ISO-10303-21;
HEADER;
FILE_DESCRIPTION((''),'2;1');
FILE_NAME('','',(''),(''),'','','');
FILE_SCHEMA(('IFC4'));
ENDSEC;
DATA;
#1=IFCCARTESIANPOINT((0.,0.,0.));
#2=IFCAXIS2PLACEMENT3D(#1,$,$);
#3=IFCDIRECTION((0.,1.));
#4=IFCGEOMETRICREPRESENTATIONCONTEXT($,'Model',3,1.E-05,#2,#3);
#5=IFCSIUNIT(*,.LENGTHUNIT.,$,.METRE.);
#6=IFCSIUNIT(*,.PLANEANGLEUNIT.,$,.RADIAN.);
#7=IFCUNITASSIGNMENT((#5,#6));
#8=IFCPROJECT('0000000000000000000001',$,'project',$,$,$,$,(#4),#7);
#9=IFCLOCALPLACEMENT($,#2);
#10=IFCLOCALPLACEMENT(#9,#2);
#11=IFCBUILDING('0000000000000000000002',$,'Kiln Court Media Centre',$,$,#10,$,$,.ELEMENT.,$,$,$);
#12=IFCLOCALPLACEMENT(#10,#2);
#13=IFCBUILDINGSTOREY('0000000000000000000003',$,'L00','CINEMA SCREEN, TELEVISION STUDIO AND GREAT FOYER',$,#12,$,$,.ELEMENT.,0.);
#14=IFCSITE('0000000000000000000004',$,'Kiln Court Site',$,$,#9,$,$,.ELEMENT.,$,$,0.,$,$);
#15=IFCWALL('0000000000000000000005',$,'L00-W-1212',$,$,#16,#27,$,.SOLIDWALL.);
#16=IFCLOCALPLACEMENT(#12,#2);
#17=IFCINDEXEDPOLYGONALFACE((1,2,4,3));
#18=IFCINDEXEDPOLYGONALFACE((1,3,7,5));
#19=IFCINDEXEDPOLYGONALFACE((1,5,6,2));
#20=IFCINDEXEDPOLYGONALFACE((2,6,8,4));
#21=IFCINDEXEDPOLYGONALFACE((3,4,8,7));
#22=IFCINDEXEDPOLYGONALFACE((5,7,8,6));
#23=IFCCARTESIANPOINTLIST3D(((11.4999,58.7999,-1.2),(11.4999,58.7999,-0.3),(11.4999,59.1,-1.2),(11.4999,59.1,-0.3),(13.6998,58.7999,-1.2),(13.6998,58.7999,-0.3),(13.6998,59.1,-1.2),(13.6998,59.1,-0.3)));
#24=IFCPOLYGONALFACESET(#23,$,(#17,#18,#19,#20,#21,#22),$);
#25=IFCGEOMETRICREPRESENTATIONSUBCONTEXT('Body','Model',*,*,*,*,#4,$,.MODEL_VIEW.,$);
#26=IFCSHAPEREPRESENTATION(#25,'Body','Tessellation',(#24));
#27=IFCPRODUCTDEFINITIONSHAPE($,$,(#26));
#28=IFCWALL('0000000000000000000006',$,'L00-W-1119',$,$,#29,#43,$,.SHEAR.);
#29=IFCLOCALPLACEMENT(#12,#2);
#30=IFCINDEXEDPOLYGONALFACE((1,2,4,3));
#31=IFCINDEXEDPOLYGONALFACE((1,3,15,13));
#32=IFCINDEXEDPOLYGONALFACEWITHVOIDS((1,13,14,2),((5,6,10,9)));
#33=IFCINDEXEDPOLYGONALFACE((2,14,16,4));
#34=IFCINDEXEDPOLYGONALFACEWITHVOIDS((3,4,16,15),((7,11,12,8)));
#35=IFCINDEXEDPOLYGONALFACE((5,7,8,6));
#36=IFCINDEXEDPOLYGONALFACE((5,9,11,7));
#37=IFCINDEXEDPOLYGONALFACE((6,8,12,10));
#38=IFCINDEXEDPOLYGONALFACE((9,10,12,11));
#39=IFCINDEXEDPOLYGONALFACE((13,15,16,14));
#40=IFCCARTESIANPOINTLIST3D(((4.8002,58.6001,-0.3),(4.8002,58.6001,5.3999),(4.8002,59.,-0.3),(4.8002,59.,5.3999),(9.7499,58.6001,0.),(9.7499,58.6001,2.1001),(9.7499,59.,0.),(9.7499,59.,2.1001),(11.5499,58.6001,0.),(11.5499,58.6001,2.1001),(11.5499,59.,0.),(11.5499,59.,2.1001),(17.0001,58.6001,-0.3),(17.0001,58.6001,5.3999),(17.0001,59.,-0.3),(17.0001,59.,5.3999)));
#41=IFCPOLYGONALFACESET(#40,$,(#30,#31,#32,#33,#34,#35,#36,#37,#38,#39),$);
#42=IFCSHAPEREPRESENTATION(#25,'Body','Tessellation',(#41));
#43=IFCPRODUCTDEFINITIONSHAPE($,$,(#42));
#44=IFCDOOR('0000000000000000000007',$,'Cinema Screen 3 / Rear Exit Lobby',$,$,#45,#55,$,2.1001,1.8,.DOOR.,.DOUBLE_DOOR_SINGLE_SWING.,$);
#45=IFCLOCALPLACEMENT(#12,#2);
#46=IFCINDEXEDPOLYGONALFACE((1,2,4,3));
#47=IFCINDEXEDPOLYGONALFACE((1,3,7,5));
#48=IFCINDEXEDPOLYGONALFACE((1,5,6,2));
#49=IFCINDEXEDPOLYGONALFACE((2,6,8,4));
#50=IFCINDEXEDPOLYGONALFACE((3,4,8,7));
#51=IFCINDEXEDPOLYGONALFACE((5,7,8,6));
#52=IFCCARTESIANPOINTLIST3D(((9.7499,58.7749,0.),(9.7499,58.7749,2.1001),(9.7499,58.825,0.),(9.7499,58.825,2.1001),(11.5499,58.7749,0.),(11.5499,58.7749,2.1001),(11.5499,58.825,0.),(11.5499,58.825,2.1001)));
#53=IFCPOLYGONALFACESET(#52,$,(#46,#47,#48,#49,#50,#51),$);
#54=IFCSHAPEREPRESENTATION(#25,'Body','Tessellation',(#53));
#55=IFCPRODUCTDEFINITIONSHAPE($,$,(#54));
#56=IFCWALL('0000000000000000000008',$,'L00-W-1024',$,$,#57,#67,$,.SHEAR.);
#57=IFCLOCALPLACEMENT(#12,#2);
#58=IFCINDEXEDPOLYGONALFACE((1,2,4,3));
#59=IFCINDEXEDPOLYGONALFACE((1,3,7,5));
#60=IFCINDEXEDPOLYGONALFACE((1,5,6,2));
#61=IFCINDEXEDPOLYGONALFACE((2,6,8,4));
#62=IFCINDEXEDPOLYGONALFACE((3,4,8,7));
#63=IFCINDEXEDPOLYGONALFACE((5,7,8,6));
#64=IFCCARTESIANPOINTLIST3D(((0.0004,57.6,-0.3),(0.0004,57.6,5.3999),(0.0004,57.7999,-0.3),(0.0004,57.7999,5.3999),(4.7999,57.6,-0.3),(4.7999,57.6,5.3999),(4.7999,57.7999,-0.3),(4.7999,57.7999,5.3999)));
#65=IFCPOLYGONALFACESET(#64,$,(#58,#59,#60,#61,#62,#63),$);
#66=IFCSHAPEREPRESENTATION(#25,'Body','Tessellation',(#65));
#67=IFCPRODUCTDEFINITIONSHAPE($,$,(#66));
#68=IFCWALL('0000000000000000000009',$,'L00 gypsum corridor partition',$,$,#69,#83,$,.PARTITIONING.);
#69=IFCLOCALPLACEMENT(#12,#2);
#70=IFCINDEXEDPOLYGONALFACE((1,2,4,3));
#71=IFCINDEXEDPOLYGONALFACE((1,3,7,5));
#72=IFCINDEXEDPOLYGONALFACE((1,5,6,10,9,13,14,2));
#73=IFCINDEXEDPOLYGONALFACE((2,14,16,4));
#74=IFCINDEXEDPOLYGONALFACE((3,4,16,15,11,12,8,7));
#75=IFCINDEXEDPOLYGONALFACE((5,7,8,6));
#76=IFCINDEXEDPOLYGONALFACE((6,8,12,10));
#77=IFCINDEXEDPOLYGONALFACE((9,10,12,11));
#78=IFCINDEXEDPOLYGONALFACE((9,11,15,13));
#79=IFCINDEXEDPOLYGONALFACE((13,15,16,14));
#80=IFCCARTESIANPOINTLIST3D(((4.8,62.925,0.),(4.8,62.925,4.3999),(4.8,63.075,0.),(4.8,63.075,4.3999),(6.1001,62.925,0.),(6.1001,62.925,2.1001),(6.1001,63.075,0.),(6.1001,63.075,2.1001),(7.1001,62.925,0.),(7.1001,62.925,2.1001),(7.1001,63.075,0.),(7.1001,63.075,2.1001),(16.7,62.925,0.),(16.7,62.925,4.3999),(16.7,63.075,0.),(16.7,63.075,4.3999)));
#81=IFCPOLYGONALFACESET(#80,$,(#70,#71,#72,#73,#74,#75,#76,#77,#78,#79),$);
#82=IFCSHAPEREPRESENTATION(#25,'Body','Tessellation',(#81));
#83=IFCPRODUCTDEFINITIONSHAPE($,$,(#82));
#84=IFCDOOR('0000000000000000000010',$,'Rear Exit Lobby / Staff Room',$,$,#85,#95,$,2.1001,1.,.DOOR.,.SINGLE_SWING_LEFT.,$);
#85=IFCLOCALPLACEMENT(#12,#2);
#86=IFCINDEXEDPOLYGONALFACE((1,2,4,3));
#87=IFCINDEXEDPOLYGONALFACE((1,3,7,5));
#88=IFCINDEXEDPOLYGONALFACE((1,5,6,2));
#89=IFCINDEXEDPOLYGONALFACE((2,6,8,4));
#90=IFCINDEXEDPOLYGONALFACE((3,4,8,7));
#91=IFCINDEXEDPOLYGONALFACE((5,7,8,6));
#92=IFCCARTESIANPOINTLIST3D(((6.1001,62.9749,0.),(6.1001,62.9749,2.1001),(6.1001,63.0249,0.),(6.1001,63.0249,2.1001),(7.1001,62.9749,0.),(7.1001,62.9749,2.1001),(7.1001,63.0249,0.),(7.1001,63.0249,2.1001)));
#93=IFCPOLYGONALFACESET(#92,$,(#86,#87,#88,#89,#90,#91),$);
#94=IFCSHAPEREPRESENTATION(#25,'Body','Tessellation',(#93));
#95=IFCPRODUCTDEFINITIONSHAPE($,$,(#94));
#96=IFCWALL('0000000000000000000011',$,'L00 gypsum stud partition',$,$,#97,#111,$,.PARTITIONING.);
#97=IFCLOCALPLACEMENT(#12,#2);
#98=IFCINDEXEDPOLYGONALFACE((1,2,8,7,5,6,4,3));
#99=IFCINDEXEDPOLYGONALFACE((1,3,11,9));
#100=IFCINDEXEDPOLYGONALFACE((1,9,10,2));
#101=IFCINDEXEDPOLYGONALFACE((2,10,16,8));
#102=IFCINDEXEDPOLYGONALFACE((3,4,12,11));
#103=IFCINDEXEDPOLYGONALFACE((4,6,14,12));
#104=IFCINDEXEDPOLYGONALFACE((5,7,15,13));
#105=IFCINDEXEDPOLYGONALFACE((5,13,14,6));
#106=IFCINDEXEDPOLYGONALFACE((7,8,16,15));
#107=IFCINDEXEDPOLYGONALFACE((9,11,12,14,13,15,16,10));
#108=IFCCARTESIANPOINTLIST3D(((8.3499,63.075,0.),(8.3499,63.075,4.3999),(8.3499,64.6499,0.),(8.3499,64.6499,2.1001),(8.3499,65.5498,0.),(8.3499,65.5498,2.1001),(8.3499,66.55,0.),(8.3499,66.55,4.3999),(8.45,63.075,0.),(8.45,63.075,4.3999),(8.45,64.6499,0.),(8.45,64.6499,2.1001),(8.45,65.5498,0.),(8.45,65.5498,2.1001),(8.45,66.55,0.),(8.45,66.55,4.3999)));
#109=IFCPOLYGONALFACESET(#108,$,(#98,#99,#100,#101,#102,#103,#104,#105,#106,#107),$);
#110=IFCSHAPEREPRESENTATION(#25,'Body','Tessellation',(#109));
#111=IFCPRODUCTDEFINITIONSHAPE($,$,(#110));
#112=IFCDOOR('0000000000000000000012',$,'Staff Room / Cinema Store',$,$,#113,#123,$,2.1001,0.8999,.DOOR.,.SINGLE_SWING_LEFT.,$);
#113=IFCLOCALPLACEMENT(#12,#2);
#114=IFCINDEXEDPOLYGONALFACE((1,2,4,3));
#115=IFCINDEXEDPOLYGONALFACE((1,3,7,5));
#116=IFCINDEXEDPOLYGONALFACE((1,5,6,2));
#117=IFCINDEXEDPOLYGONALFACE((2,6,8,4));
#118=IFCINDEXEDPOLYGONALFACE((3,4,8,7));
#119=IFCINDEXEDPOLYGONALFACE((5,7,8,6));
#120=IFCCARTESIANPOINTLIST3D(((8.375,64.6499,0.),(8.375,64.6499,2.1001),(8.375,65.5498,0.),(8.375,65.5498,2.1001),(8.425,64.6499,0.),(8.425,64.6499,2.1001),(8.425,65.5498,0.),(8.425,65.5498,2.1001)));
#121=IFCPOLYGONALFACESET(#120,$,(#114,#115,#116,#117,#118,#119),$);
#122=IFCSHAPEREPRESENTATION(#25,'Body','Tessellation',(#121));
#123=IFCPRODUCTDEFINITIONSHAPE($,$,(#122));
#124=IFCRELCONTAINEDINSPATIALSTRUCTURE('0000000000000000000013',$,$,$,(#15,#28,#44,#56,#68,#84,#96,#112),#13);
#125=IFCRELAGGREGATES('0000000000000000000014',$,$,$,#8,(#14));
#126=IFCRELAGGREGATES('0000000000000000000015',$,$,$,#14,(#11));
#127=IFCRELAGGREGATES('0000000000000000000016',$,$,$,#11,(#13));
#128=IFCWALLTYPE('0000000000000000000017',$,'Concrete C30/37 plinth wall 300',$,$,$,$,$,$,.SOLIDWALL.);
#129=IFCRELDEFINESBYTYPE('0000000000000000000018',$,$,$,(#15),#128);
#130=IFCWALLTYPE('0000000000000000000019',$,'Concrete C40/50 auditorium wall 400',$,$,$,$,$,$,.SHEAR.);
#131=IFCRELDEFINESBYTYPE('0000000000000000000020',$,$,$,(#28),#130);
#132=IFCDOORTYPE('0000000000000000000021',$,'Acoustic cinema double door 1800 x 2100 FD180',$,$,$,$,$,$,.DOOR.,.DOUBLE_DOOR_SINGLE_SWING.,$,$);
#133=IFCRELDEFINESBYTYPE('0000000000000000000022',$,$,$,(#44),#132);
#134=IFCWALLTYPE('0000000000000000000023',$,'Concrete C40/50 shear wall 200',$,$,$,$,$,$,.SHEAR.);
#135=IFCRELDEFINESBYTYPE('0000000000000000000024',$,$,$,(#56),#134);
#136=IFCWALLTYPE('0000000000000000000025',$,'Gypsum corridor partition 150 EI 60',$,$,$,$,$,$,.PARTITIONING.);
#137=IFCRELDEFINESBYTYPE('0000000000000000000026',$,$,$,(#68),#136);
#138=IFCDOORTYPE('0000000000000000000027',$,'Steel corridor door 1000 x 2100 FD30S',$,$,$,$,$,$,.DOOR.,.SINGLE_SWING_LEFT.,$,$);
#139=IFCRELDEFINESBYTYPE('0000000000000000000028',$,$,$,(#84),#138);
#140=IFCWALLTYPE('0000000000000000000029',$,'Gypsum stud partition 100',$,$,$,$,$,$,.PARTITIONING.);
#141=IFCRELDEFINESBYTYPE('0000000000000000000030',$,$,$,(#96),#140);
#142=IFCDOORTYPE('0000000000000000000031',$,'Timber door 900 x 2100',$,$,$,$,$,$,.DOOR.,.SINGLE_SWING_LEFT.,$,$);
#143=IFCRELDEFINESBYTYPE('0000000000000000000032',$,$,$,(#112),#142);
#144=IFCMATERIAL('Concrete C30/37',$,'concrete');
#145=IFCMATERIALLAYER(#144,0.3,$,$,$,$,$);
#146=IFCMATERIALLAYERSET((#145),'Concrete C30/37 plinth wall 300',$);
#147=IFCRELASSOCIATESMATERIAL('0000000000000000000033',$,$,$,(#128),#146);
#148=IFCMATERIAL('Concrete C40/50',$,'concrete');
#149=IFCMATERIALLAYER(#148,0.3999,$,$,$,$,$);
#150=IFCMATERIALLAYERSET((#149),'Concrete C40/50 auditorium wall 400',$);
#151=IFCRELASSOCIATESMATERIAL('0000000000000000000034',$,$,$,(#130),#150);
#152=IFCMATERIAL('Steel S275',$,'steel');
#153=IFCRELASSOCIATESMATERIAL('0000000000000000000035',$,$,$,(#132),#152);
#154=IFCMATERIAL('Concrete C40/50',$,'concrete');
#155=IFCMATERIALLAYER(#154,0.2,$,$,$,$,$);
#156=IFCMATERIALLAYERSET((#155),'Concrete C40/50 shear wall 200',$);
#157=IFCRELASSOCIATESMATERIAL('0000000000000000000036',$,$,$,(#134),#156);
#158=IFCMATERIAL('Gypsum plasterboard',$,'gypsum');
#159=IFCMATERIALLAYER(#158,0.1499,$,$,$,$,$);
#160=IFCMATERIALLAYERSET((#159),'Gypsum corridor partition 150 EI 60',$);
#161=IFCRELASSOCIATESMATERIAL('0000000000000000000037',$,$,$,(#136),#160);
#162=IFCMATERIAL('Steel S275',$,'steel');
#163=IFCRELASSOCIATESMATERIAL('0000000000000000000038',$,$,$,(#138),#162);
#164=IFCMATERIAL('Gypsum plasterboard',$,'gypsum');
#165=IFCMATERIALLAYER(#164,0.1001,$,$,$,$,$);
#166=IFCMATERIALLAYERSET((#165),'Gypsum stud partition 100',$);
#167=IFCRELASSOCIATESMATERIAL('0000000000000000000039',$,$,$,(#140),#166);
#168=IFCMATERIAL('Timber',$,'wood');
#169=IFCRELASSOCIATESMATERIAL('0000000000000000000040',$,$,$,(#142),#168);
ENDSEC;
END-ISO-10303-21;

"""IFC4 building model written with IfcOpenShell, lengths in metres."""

from ifc_helpers import new_model, si_unit, direction, frame, frame_2d, origin, place, context, subcontext, project, spatial, rectangle, extrude, material, layer, layer_set, type_object, element, fill, save


model = new_model("IFC4")

# Units and contexts
model_context = context("Model", 3, precision=1e-05, world=origin(), true_north=direction((0.0, 1.0)))
body_context = subcontext(model_context, "Body", "Model", "MODEL_VIEW")
ifc_project = project(units=[si_unit("LENGTHUNIT", "METRE"), si_unit("PLANEANGLEUNIT", "RADIAN")], contexts=[model_context])

# Site, building, storey
site_placement = place(None, origin())
site = spatial("IfcSite", under=ifc_project, at=site_placement, Name="Kiln Court Site", CompositionType="ELEMENT", RefElevation=0.0)
building_placement = place(site_placement, origin())
building = spatial("IfcBuilding", under=site, at=building_placement, Name="Kiln Court Media Centre", CompositionType="ELEMENT")
storey_placement = place(building_placement, origin())
storey = spatial("IfcBuildingStorey", under=building, at=storey_placement, Name="L00", Description="CINEMA SCREEN, TELEVISION STUDIO AND GREAT FOYER", CompositionType="ELEMENT", Elevation=0.0)

# Wall
ifc_material_1 = material(Name="Concrete C30/37", Category="concrete")
ifc_layer_1 = layer(ifc_material_1, 0.3)
ifc_layer_set_1 = layer_set([ifc_layer_1], Name="Concrete C30/37 plinth wall 300")
wall_type_1 = type_object("IfcWallType", Name="Concrete C30/37 plinth wall 300", PredefinedType="SOLIDWALL", material=ifc_layer_set_1)
wall_1_placement = place(storey_placement, frame((13.7, 58.95, -1.2), z_axis=(0.0, 0.0, 1.0), x_axis=(-1.0, 0.0, 0.0)))
element("IfcWall", 1, at=wall_1_placement, inside=storey, type_object=wall_type_1, Name="L00-W-1212", PredefinedType="SOLIDWALL", context=body_context, shape_type="SweptSolid", body=[
    extrude(rectangle(XDim=2.2, YDim=0.3, at=frame_2d((1.1001, 0.0))), origin(), (0.0, 0.0, 1.0), 0.8999),
])

# Wall, opening, door
ifc_material_2 = material(Name="Concrete C40/50", Category="concrete")
ifc_layer_2 = layer(ifc_material_2, 0.3999)
ifc_layer_set_2 = layer_set([ifc_layer_2], Name="Concrete C40/50 auditorium wall 400")
wall_type_2 = type_object("IfcWallType", Name="Concrete C40/50 auditorium wall 400", PredefinedType="SHEAR", material=ifc_layer_set_2)
wall_2_placement = place(storey_placement, frame((4.8, 58.8, -0.3), z_axis=(0.0, 0.0, 1.0), x_axis=(1.0, 0.0, 0.0)))
wall_2 = element("IfcWall", 2, at=wall_2_placement, inside=storey, type_object=wall_type_2, Name="L00-W-1119", PredefinedType="SHEAR", context=body_context, shape_type="SweptSolid", body=[
    extrude(rectangle(XDim=12.2, YDim=0.3999, at=frame_2d((6.1001, 0.0))), origin(), (0.0, 0.0, 1.0), 5.7),
])
opening_1_placement = place(wall_2_placement, frame((4.95, 0.0, 0.3)))
opening_1 = element("IfcOpeningElement", 3, at=opening_1_placement, cuts=wall_2, PredefinedType="OPENING", context=body_context, shape_type="SweptSolid", body=[
    extrude(rectangle(XDim=1.8, YDim=2.1001, at=frame_2d((0.8999, 1.05))), frame((0.0, 0.21, 0.0), z_axis=(0.0, -1.0, 0.0), x_axis=(1.0, 0.0, 0.0)), (0.0, 0.0, 1.0), 0.4199),
])
ifc_material_3 = material(Name="Steel S275", Category="steel")
door_type_1 = type_object("IfcDoorType", Name="Acoustic cinema double door 1800 x 2100 FD180", OperationType="DOUBLE_DOOR_SINGLE_SWING", PredefinedType="DOOR", material=ifc_material_3)
door_1_placement = place(opening_1_placement, origin())
door_1 = element("IfcDoor", 4, at=door_1_placement, inside=storey, type_object=door_type_1, Name="Cinema Screen 3 / Rear Exit Lobby", OperationType="DOUBLE_DOOR_SINGLE_SWING", OverallHeight=2.1001, OverallWidth=1.8, PredefinedType="DOOR", context=body_context, shape_type="SweptSolid", body=[
    extrude(rectangle(XDim=1.8, YDim=2.1001, at=frame_2d((0.8999, 1.05))), frame((0.0, 0.0249, 0.0), z_axis=(0.0, -1.0, 0.0), x_axis=(1.0, 0.0, 0.0)), (0.0, 0.0, 1.0), 0.05),
])
fill(opening_1, door_1)

# Wall
ifc_material_4 = material(Name="Concrete C40/50", Category="concrete")
ifc_layer_3 = layer(ifc_material_4, 0.2)
ifc_layer_set_3 = layer_set([ifc_layer_3], Name="Concrete C40/50 shear wall 200")
wall_type_3 = type_object("IfcWallType", Name="Concrete C40/50 shear wall 200", PredefinedType="SHEAR", material=ifc_layer_set_3)
wall_3_placement = place(storey_placement, frame((4.8, 57.7, -0.3), z_axis=(0.0, 0.0, 1.0), x_axis=(-1.0, 0.0, 0.0)))
element("IfcWall", 5, at=wall_3_placement, inside=storey, type_object=wall_type_3, Name="L00-W-1024", PredefinedType="SHEAR", context=body_context, shape_type="SweptSolid", body=[
    extrude(rectangle(XDim=4.7996, YDim=0.2, at=frame_2d((2.3999, 0.0))), origin(), (0.0, 0.0, 1.0), 5.7),
])

# Walls, openings, doors
ifc_material_5 = material(Name="Gypsum plasterboard", Category="gypsum")
ifc_layer_4 = layer(ifc_material_5, 0.1499)
ifc_layer_set_4 = layer_set([ifc_layer_4], Name="Gypsum corridor partition 150 EI 60")
wall_type_4 = type_object("IfcWallType", Name="Gypsum corridor partition 150 EI 60", PredefinedType="PARTITIONING", material=ifc_layer_set_4)
wall_4_placement = place(storey_placement, frame((4.8, 63.0, 0.0), z_axis=(0.0, 0.0, 1.0), x_axis=(1.0, 0.0, 0.0)))
wall_4 = element("IfcWall", 6, at=wall_4_placement, inside=storey, type_object=wall_type_4, Name="L00 gypsum corridor partition", PredefinedType="PARTITIONING", context=body_context, shape_type="SweptSolid", body=[
    extrude(rectangle(XDim=11.8999, YDim=0.1499, at=frame_2d((5.95, 0.0))), origin(), (0.0, 0.0, 1.0), 4.3999),
])
opening_2_placement = place(wall_4_placement, frame((1.3, 0.0, 0.0)))
opening_2 = element("IfcOpeningElement", 7, at=opening_2_placement, cuts=wall_4, PredefinedType="OPENING", context=body_context, shape_type="SweptSolid", body=[
    extrude(rectangle(XDim=1.0, YDim=2.1001, at=frame_2d((0.5, 1.05))), frame((0.0, 0.085, 0.0), z_axis=(0.0, -1.0, 0.0), x_axis=(1.0, 0.0, 0.0)), (0.0, 0.0, 1.0), 0.1699),
])
ifc_material_6 = material(Name="Steel S275", Category="steel")
door_type_2 = type_object("IfcDoorType", Name="Steel corridor door 1000 x 2100 FD30S", OperationType="SINGLE_SWING_LEFT", PredefinedType="DOOR", material=ifc_material_6)
door_2_placement = place(opening_2_placement, origin())
door_2 = element("IfcDoor", 8, at=door_2_placement, inside=storey, type_object=door_type_2, Name="Rear Exit Lobby / Staff Room", OperationType="SINGLE_SWING_LEFT", OverallHeight=2.1001, OverallWidth=1.0, PredefinedType="DOOR", context=body_context, shape_type="SweptSolid", body=[
    extrude(rectangle(XDim=1.0, YDim=2.1001, at=frame_2d((0.5, 1.05))), frame((0.0, 0.0249, 0.0), z_axis=(0.0, -1.0, 0.0), x_axis=(1.0, 0.0, 0.0)), (0.0, 0.0, 1.0), 0.05),
])
fill(opening_2, door_2)
ifc_material_7 = material(Name="Gypsum plasterboard", Category="gypsum")
ifc_layer_5 = layer(ifc_material_7, 0.1001)
ifc_layer_set_5 = layer_set([ifc_layer_5], Name="Gypsum stud partition 100")
wall_type_5 = type_object("IfcWallType", Name="Gypsum stud partition 100", PredefinedType="PARTITIONING", material=ifc_layer_set_5)
wall_5_placement = place(storey_placement, frame((8.3999, 63.075, 0.0), z_axis=(0.0, 0.0, 1.0), x_axis=(0.0, 1.0, 0.0)))
wall_5 = element("IfcWall", 9, at=wall_5_placement, inside=storey, type_object=wall_type_5, Name="L00 gypsum stud partition", PredefinedType="PARTITIONING", context=body_context, shape_type="SweptSolid", body=[
    extrude(rectangle(XDim=3.4751, YDim=0.1001, at=frame_2d((1.7375, 0.0))), origin(), (0.0, 0.0, 1.0), 4.3999),
])
opening_3_placement = place(wall_5_placement, frame((1.575, 0.0, 0.0)))
opening_3 = element("IfcOpeningElement", 10, at=opening_3_placement, cuts=wall_5, PredefinedType="OPENING", context=body_context, shape_type="SweptSolid", body=[
    extrude(rectangle(XDim=0.8999, YDim=2.1001, at=frame_2d((0.45, 1.05))), frame((0.0, 0.0601, 0.0), z_axis=(0.0, -1.0, 0.0), x_axis=(1.0, 0.0, 0.0)), (0.0, 0.0, 1.0), 0.1201),
])
ifc_material_8 = material(Name="Timber", Category="wood")
door_type_3 = type_object("IfcDoorType", Name="Timber door 900 x 2100", OperationType="SINGLE_SWING_LEFT", PredefinedType="DOOR", material=ifc_material_8)
door_3_placement = place(opening_3_placement, origin())
door_3 = element("IfcDoor", 11, at=door_3_placement, inside=storey, type_object=door_type_3, Name="Staff Room / Cinema Store", OperationType="SINGLE_SWING_LEFT", OverallHeight=2.1001, OverallWidth=0.8999, PredefinedType="DOOR", context=body_context, shape_type="SweptSolid", body=[
    extrude(rectangle(XDim=0.8999, YDim=2.1001, at=frame_2d((0.45, 1.05))), frame((0.0, 0.0249, 0.0), z_axis=(0.0, -1.0, 0.0), x_axis=(1.0, 0.0, 0.0)), (0.0, 0.0, 1.0), 0.05),
])
fill(opening_3, door_3)

save(model, "model.ifc")
